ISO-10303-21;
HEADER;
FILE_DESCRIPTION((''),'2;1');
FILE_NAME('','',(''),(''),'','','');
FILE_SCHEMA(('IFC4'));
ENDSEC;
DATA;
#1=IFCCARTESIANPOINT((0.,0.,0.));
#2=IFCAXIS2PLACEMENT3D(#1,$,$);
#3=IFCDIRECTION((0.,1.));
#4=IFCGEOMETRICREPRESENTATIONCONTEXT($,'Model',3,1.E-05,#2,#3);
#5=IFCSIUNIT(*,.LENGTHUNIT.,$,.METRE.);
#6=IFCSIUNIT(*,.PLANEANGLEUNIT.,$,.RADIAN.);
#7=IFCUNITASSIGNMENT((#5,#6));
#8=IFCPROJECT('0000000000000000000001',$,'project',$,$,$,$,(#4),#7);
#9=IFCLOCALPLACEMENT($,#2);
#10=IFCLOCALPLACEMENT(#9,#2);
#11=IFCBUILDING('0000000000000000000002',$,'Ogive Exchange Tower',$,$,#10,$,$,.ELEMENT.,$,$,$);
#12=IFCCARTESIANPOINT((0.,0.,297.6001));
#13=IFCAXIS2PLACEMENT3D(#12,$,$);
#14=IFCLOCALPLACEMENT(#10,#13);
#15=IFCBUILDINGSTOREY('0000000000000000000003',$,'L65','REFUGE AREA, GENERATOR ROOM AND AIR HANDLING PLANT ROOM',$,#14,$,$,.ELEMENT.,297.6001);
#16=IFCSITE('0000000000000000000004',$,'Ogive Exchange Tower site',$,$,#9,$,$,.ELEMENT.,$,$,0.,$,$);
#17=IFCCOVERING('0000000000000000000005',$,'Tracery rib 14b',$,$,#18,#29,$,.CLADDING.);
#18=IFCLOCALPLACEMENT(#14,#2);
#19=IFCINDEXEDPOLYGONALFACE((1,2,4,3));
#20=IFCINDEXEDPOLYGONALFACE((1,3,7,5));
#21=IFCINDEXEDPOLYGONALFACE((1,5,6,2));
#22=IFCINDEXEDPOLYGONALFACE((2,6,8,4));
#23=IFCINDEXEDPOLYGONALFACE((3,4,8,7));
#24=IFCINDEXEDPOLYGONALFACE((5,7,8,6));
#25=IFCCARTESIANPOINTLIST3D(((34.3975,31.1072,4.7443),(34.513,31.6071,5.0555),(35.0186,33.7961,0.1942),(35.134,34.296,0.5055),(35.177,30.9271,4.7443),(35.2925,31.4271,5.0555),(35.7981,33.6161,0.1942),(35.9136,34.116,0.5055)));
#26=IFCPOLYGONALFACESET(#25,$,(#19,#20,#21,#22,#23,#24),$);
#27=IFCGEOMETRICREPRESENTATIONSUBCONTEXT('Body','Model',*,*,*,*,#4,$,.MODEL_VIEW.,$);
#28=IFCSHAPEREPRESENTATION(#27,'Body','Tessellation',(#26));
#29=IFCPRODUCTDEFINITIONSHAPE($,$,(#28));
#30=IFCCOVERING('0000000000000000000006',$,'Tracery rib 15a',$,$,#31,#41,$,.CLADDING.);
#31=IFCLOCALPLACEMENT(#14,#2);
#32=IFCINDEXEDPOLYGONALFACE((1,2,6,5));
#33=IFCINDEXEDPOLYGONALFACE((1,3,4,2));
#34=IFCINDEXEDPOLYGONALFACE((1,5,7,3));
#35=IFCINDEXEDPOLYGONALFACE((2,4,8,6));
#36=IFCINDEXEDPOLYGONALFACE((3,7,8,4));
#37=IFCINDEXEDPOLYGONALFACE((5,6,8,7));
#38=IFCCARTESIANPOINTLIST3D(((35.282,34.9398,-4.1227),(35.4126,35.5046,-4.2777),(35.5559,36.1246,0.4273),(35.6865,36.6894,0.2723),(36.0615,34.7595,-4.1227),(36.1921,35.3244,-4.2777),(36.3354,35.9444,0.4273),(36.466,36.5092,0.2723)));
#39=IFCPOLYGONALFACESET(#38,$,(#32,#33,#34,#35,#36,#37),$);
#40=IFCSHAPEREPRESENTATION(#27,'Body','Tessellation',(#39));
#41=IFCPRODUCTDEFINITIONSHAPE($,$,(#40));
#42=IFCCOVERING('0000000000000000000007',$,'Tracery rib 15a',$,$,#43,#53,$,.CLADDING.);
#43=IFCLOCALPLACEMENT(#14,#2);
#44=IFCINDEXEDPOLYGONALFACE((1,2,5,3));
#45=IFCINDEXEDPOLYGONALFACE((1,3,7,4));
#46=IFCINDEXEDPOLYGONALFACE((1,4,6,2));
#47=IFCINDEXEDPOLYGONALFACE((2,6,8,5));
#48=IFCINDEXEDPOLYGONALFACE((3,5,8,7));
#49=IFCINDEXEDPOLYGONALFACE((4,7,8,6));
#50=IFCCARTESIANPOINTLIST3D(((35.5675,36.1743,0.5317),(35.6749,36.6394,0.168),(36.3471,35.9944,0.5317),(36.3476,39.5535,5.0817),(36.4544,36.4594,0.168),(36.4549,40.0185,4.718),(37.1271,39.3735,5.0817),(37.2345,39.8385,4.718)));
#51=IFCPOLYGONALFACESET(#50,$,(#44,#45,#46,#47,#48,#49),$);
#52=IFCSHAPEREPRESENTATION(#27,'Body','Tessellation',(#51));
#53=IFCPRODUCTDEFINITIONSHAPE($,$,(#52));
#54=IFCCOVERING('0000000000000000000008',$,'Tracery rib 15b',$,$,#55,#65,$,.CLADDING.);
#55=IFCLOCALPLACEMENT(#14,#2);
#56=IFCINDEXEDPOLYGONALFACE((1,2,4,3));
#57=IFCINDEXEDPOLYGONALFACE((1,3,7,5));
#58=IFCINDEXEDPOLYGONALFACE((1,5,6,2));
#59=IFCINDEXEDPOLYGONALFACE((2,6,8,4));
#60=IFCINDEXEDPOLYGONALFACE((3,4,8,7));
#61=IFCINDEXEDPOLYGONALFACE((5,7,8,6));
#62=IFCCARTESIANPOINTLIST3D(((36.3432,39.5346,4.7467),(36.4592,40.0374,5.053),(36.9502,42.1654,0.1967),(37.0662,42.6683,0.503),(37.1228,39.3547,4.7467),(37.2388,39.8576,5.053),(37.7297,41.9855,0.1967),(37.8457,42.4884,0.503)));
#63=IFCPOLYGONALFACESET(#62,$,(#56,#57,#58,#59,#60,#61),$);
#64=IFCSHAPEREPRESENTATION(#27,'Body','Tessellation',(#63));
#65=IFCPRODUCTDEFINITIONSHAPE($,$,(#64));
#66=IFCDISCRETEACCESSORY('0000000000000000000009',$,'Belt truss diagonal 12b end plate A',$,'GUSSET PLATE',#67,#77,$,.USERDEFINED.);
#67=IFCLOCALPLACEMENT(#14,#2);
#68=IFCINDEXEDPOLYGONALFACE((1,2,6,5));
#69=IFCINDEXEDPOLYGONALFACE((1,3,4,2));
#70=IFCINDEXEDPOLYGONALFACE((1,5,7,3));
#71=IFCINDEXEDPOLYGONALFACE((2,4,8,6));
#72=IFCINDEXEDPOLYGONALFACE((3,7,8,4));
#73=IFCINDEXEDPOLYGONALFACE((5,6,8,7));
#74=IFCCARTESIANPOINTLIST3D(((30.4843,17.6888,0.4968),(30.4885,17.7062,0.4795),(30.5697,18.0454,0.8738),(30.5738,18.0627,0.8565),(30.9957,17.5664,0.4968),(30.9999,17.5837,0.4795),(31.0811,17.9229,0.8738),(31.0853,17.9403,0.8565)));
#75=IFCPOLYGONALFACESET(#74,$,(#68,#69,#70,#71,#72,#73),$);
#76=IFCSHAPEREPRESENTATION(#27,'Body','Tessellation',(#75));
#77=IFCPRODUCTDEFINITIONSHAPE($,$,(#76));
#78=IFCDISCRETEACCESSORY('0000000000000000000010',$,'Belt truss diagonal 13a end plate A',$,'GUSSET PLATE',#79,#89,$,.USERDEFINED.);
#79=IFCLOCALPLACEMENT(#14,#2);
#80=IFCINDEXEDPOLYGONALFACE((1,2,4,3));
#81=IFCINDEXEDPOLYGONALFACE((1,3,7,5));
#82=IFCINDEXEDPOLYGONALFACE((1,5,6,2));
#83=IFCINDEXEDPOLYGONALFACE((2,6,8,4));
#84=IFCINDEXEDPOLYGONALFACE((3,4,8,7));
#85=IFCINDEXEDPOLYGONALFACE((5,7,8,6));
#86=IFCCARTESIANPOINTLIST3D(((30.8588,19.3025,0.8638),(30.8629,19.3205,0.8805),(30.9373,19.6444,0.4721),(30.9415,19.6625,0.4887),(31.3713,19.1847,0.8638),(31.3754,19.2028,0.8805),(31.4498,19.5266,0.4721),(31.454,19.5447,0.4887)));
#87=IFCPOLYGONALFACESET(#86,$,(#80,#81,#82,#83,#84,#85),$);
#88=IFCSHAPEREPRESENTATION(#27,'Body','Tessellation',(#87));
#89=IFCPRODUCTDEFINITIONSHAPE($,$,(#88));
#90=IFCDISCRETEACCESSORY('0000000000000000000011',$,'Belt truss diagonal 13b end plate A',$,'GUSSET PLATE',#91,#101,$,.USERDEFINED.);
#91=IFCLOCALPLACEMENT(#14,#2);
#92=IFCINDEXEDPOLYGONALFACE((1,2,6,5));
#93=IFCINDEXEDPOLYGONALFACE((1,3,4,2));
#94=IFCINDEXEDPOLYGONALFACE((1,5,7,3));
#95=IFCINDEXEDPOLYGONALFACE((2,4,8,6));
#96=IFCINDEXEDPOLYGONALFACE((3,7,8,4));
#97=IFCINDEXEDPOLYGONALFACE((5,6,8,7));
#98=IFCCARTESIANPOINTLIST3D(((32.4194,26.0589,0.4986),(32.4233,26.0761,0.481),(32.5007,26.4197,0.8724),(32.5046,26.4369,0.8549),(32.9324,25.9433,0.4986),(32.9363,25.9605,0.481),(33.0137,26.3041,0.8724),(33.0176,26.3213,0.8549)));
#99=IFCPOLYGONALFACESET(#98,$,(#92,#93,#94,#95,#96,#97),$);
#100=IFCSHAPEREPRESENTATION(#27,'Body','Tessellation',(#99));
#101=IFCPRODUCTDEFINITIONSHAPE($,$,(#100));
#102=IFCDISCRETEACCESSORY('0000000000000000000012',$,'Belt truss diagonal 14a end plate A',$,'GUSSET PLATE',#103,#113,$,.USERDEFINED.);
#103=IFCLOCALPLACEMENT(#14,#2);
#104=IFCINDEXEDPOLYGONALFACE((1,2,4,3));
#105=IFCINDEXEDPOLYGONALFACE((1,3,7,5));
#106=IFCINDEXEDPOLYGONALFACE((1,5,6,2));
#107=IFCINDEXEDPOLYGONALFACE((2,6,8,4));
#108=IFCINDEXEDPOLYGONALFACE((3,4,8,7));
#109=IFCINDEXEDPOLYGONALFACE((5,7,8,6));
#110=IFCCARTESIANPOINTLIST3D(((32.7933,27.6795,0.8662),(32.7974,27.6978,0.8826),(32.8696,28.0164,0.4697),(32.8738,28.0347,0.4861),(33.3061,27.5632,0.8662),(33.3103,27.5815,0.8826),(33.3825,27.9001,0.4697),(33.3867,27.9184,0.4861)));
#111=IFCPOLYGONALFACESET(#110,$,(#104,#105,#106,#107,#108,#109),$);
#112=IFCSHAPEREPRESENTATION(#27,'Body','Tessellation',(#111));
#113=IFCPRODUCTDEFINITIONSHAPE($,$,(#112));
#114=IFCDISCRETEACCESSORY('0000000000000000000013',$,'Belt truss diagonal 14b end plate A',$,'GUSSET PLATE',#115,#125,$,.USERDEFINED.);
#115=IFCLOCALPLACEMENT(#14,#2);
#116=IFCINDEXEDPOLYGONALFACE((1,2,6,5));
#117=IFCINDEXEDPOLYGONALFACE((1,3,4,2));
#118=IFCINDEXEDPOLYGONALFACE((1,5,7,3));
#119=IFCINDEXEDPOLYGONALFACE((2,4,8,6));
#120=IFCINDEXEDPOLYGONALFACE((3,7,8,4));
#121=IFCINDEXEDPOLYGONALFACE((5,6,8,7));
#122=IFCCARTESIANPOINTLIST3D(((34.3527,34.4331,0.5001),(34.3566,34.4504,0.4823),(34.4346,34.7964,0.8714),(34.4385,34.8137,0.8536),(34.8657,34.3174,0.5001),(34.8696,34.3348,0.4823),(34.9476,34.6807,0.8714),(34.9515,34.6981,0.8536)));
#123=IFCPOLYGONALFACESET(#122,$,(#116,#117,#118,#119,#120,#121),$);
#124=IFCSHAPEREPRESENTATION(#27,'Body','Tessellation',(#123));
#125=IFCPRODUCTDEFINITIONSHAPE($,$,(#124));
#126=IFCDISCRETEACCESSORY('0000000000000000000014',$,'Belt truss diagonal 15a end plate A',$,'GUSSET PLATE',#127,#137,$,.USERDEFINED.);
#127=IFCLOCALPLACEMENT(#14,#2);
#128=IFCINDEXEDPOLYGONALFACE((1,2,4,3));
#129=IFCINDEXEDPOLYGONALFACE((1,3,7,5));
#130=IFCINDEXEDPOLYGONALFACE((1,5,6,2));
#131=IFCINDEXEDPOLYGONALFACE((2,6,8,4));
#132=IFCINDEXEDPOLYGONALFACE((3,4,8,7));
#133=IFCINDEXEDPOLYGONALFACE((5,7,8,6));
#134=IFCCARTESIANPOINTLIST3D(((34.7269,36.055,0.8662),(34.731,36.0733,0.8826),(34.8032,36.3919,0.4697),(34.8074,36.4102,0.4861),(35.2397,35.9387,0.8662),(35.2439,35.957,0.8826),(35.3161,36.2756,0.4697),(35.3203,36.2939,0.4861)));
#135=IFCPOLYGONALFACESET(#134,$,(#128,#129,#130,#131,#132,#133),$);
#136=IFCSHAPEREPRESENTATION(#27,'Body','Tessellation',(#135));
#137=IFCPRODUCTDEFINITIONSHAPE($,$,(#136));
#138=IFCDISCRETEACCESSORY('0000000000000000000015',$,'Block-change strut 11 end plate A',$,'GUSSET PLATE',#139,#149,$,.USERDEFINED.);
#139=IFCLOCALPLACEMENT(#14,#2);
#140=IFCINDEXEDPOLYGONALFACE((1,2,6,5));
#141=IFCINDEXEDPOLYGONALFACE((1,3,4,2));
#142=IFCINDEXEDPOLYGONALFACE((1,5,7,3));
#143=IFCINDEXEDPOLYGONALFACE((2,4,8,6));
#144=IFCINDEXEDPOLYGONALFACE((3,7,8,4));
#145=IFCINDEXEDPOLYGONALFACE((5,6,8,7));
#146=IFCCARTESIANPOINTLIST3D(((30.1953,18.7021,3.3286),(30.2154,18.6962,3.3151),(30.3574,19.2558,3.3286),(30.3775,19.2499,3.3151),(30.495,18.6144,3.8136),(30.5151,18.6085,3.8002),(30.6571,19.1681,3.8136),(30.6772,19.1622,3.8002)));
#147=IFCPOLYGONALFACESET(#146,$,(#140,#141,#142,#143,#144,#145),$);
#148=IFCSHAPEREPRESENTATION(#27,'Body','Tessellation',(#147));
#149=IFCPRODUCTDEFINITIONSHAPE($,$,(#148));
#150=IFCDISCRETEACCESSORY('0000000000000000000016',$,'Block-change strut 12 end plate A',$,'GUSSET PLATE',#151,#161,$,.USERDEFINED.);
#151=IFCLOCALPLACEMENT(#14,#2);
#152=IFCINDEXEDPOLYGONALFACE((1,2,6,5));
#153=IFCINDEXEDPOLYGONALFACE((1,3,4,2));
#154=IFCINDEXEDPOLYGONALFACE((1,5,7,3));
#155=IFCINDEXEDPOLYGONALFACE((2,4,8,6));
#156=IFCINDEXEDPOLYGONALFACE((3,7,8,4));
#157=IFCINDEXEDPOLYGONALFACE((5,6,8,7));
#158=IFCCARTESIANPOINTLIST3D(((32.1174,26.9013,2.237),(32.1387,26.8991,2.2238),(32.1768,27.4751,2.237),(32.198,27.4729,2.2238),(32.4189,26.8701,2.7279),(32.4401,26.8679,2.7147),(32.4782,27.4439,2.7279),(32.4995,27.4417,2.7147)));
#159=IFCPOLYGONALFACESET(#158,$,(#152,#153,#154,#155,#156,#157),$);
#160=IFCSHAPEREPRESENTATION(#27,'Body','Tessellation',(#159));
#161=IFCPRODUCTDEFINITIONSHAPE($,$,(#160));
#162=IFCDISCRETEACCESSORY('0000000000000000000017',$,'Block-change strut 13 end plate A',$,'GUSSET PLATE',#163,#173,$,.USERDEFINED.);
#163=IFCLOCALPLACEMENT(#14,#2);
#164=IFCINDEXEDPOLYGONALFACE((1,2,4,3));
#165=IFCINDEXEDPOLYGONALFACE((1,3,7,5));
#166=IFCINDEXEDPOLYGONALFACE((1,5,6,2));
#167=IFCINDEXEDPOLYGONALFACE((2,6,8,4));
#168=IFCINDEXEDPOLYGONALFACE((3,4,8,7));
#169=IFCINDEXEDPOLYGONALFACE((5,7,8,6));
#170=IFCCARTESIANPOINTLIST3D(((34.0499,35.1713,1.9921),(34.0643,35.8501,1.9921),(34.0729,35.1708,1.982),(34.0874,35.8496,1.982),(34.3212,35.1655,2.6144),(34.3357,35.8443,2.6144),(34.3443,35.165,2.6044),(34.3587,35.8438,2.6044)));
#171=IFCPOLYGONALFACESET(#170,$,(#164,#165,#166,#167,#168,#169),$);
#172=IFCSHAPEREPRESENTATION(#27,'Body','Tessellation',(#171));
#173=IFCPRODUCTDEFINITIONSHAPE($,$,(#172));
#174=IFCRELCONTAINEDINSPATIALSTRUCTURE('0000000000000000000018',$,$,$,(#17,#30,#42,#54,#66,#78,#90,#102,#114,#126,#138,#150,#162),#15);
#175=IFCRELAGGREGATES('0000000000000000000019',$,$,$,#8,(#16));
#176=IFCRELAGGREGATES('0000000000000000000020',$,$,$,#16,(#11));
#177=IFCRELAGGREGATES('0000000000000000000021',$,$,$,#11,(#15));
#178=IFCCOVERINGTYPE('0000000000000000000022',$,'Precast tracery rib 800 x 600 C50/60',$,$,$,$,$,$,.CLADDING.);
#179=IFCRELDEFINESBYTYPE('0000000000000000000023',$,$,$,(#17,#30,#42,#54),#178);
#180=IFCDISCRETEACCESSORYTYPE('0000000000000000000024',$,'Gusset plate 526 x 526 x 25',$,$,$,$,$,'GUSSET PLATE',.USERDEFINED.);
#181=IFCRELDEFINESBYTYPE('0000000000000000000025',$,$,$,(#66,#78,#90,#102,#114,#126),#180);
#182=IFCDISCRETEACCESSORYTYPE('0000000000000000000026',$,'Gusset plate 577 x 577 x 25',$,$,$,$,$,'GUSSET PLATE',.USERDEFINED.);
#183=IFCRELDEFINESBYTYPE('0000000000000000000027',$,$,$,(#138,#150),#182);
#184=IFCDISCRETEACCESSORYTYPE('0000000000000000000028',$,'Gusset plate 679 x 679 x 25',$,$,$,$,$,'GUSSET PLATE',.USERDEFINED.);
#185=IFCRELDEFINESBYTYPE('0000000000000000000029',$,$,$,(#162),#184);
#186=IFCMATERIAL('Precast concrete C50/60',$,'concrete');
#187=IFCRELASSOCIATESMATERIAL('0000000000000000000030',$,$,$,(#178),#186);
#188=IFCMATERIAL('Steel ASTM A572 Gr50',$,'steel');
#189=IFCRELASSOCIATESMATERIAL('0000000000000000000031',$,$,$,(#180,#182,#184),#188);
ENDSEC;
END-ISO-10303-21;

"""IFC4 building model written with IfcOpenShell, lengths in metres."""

from ifc_helpers import new_model, si_unit, direction, frame, origin, origin_2d, place, context, subcontext, project, spatial, rectangle, extrude, material, material_profile, profile_set, type_object, element, save


model = new_model("IFC4")

# Units and contexts
model_context = context("Model", 3, precision=1e-05, world=origin(), true_north=direction((0.0, 1.0)))
body_context = subcontext(model_context, "Body", "Model", "MODEL_VIEW")
ifc_project = project(units=[si_unit("LENGTHUNIT", "METRE"), si_unit("PLANEANGLEUNIT", "RADIAN")], contexts=[model_context])

# Site, building, storey
site_placement = place(None, origin())
site = spatial("IfcSite", under=ifc_project, at=site_placement, Name="Ogive Exchange Tower site", CompositionType="ELEMENT", RefElevation=0.0)
building_placement = place(site_placement, origin())
building = spatial("IfcBuilding", under=site, at=building_placement, Name="Ogive Exchange Tower", CompositionType="ELEMENT")
storey_placement = place(building_placement, frame((0.0, 0.0, 297.6001)))
storey = spatial("IfcBuildingStorey", under=building, at=storey_placement, Name="L65", Description="REFUGE AREA, GENERATOR ROOM AND AIR HANDLING PLANT ROOM", CompositionType="ELEMENT", Elevation=297.6001)

# Coverings
ifc_material_1 = material(Name="Precast concrete C50/60", Category="concrete")
ifc_material_profile_1 = material_profile(ifc_material_1, rectangle(XDim=0.8, YDim=0.6001, at=origin_2d()), Name="RIB 800 x 600")
ifc_profile_set_1 = profile_set([ifc_material_profile_1], Name="Precast concrete C50/60")
covering_type = type_object("IfcCoveringType", Name="Precast tracery rib 800 x 600 C50/60", PredefinedType="CLADDING", material=ifc_profile_set_1)
covering_1_placement = place(storey_placement, frame((35.4661, 33.9561, 0.3499), z_axis=(-0.116712, -0.505294, 0.855018), x_axis=(0.974346, -0.225053, 0.0)))
element("IfcCovering", 1, at=covering_1_placement, inside=storey, type_object=covering_type, Name="Tracery rib 14b", PredefinedType="CLADDING", context=body_context, shape_type="SweptSolid", body=[
    extrude(rectangle(XDim=0.8, YDim=0.6001, at=origin_2d()), origin(), (0.0, 0.0, 1.0), 5.3215),
])
covering_2_placement = place(storey_placement, frame((35.7371, 35.1321, -4.2002), z_axis=(0.058161, 0.251566, 0.966091), x_axis=(-0.9743, 0.225255, 0.0)))
element("IfcCovering", 2, at=covering_2_placement, inside=storey, type_object=covering_type, Name="Tracery rib 15a", PredefinedType="CLADDING", context=body_context, shape_type="SweptSolid", body=[
    extrude(rectangle(XDim=0.8, YDim=0.6001, at=origin_2d()), origin(), (0.0, 0.0, 1.0), 4.7097),
])
covering_3_placement = place(storey_placement, frame((36.011, 36.3169, 0.3499), z_axis=(0.136344, 0.590655, 0.795322), x_axis=(-0.974377, 0.224921, 0.0)))
element("IfcCovering", 3, at=covering_3_placement, inside=storey, type_object=covering_type, Name="Tracery rib 15a", PredefinedType="CLADDING", context=body_context, shape_type="SweptSolid", body=[
    extrude(rectangle(XDim=0.8, YDim=0.6001, at=origin_2d()), origin(), (0.0, 0.0, 1.0), 5.7209),
])
covering_4_placement = place(storey_placement, frame((37.3979, 42.3269, 0.3499), z_axis=(-0.114715, -0.49725, 0.85999), x_axis=(0.974406, -0.224793, 0.0)))
element("IfcCovering", 4, at=covering_4_placement, inside=storey, type_object=covering_type, Name="Tracery rib 15b", PredefinedType="CLADDING", context=body_context, shape_type="SweptSolid", body=[
    extrude(rectangle(XDim=0.8, YDim=0.6001, at=origin_2d()), origin(), (0.0, 0.0, 1.0), 5.2908),
])

# Discrete accessories
ifc_material_2 = material(Name="Steel ASTM A572 Gr50", Category="steel")
ifc_material_profile_2 = material_profile(ifc_material_2, rectangle(XDim=0.5259, YDim=0.5259, at=origin_2d()), Name="PL 526 x 526 x 25")
ifc_profile_set_2 = profile_set([ifc_material_profile_2], Name="Steel ASTM A572 Gr50")
discrete_accessory_type_1 = type_object("IfcDiscreteAccessoryType", Name="Gusset plate 526 x 526 x 25", ElementType="GUSSET PLATE", PredefinedType="USERDEFINED", material=ifc_profile_set_2)
for number, where, z_axis, x_axis, name in (
    (5, (30.7869, 17.8232, 0.668), (-0.166932, -0.697185, 0.697185), (0.972511, -0.232855, 0.0), "Belt truss diagonal 12b end plate A"),
    (6, (31.1543, 19.4146, 0.668), (0.166787, 0.726014, 0.667148), (-0.974613, 0.223898, 0.0), "Belt truss diagonal 13a end plate A"),
    (7, (32.7205, 26.1987, 0.668), (-0.156285, -0.693517, 0.703285), (0.975536, -0.219839, 0.0), "Belt truss diagonal 13b end plate A"),
    (8, (33.0879, 27.7898, 0.668), (0.166675, 0.735329, 0.656894), (-0.97526, 0.221059, 0.0), "Belt truss diagonal 14a end plate A"),
):
    element("IfcDiscreteAccessory", number, at=place(storey_placement, frame(where, z_axis=z_axis, x_axis=x_axis)), inside=storey, type_object=discrete_accessory_type_1, Name=name, ObjectType="GUSSET PLATE", PredefinedType="USERDEFINED", context=body_context, shape_type="SweptSolid", body=[
        extrude(rectangle(XDim=0.5259, YDim=0.5259, at=origin_2d()), origin(), (0.0, 0.0, 1.0), 0.0249),
    ])
discrete_accessory_1_placement = place(storey_placement, frame((34.6541, 34.5742, 0.668), z_axis=(-0.155215, -0.688769, 0.708171), x_axis=(0.975536, -0.219839, 0.0)))
element("IfcDiscreteAccessory", 9, at=discrete_accessory_1_placement, inside=storey, type_object=discrete_accessory_type_1, Name="Belt truss diagonal 14b end plate A", ObjectType="GUSSET PLATE", PredefinedType="USERDEFINED", context=body_context, shape_type="SweptSolid", body=[
    extrude(rectangle(XDim=0.5259, YDim=0.5259, at=origin_2d()), origin(), (0.0, 0.0, 1.0), 0.0251),
])
discrete_accessory_2_placement = place(storey_placement, frame((35.0215, 36.1653, 0.668), z_axis=(0.166675, 0.735329, 0.656894), x_axis=(-0.97526, 0.221059, 0.0)))
element("IfcDiscreteAccessory", 10, at=discrete_accessory_2_placement, inside=storey, type_object=discrete_accessory_type_1, Name="Belt truss diagonal 15a end plate A", ObjectType="GUSSET PLATE", PredefinedType="USERDEFINED", context=body_context, shape_type="SweptSolid", body=[
    extrude(rectangle(XDim=0.5259, YDim=0.5259, at=origin_2d()), origin(), (0.0, 0.0, 1.0), 0.0249),
])
ifc_material_profile_3 = material_profile(ifc_material_2, rectangle(XDim=0.5769, YDim=0.5769, at=origin_2d()), Name="PL 577 x 577 x 25")
ifc_profile_set_3 = profile_set([ifc_material_profile_3], Name="Steel ASTM A572 Gr50")
discrete_accessory_type_2 = type_object("IfcDiscreteAccessoryType", Name="Gusset plate 577 x 577 x 25", ElementType="GUSSET PLATE", PredefinedType="USERDEFINED", material=ifc_profile_set_3)
discrete_accessory_3_placement = place(storey_placement, frame((30.4463, 18.9292, 3.5576), z_axis=(-0.806991, 0.236193, 0.541275), x_axis=(-0.280899, -0.959737, 0.0)))
element("IfcDiscreteAccessory", 11, at=discrete_accessory_3_placement, inside=storey, type_object=discrete_accessory_type_2, Name="Block-change strut 11 end plate A", ObjectType="GUSSET PLATE", PredefinedType="USERDEFINED", context=body_context, shape_type="SweptSolid", body=[
    extrude(rectangle(XDim=0.5769, YDim=0.5769, at=origin_2d()), origin(), (0.0, 0.0, 1.0), 0.0249),
])
discrete_accessory_4_placement = place(storey_placement, frame((32.3191, 27.1704, 2.4692), z_axis=(-0.846377, 0.087556, 0.525338), x_axis=(-0.102899, -0.994692, 0.0)))
element("IfcDiscreteAccessory", 12, at=discrete_accessory_4_placement, inside=storey, type_object=discrete_accessory_type_2, Name="Block-change strut 12 end plate A", ObjectType="GUSSET PLATE", PredefinedType="USERDEFINED", context=body_context, shape_type="SweptSolid", body=[
    extrude(rectangle(XDim=0.5769, YDim=0.5769, at=origin_2d()), origin(), (0.0, 0.0, 1.0), 0.0251),
])
ifc_material_profile_4 = material_profile(ifc_material_2, rectangle(XDim=0.679, YDim=0.679, at=origin_2d()), Name="PL 679 x 679 x 25")
ifc_profile_set_4 = profile_set([ifc_material_profile_4], Name="Steel ASTM A572 Gr50")
discrete_accessory_type_3 = type_object("IfcDiscreteAccessoryType", Name="Gusset plate 679 x 679 x 25", ElementType="GUSSET PLATE", PredefinedType="USERDEFINED", material=ifc_profile_set_4)
discrete_accessory_5_placement = place(storey_placement, frame((34.2158, 35.5073, 2.2932), z_axis=(-0.91643, 0.019499, 0.39972), x_axis=(-0.021272, -0.999774, 0.0)))
element("IfcDiscreteAccessory", 13, at=discrete_accessory_5_placement, inside=storey, type_object=discrete_accessory_type_3, Name="Block-change strut 13 end plate A", ObjectType="GUSSET PLATE", PredefinedType="USERDEFINED", context=body_context, shape_type="SweptSolid", body=[
    extrude(rectangle(XDim=0.679, YDim=0.679, at=origin_2d()), origin(), (0.0, 0.0, 1.0), 0.0251),
])

save(model, "model.ifc")
